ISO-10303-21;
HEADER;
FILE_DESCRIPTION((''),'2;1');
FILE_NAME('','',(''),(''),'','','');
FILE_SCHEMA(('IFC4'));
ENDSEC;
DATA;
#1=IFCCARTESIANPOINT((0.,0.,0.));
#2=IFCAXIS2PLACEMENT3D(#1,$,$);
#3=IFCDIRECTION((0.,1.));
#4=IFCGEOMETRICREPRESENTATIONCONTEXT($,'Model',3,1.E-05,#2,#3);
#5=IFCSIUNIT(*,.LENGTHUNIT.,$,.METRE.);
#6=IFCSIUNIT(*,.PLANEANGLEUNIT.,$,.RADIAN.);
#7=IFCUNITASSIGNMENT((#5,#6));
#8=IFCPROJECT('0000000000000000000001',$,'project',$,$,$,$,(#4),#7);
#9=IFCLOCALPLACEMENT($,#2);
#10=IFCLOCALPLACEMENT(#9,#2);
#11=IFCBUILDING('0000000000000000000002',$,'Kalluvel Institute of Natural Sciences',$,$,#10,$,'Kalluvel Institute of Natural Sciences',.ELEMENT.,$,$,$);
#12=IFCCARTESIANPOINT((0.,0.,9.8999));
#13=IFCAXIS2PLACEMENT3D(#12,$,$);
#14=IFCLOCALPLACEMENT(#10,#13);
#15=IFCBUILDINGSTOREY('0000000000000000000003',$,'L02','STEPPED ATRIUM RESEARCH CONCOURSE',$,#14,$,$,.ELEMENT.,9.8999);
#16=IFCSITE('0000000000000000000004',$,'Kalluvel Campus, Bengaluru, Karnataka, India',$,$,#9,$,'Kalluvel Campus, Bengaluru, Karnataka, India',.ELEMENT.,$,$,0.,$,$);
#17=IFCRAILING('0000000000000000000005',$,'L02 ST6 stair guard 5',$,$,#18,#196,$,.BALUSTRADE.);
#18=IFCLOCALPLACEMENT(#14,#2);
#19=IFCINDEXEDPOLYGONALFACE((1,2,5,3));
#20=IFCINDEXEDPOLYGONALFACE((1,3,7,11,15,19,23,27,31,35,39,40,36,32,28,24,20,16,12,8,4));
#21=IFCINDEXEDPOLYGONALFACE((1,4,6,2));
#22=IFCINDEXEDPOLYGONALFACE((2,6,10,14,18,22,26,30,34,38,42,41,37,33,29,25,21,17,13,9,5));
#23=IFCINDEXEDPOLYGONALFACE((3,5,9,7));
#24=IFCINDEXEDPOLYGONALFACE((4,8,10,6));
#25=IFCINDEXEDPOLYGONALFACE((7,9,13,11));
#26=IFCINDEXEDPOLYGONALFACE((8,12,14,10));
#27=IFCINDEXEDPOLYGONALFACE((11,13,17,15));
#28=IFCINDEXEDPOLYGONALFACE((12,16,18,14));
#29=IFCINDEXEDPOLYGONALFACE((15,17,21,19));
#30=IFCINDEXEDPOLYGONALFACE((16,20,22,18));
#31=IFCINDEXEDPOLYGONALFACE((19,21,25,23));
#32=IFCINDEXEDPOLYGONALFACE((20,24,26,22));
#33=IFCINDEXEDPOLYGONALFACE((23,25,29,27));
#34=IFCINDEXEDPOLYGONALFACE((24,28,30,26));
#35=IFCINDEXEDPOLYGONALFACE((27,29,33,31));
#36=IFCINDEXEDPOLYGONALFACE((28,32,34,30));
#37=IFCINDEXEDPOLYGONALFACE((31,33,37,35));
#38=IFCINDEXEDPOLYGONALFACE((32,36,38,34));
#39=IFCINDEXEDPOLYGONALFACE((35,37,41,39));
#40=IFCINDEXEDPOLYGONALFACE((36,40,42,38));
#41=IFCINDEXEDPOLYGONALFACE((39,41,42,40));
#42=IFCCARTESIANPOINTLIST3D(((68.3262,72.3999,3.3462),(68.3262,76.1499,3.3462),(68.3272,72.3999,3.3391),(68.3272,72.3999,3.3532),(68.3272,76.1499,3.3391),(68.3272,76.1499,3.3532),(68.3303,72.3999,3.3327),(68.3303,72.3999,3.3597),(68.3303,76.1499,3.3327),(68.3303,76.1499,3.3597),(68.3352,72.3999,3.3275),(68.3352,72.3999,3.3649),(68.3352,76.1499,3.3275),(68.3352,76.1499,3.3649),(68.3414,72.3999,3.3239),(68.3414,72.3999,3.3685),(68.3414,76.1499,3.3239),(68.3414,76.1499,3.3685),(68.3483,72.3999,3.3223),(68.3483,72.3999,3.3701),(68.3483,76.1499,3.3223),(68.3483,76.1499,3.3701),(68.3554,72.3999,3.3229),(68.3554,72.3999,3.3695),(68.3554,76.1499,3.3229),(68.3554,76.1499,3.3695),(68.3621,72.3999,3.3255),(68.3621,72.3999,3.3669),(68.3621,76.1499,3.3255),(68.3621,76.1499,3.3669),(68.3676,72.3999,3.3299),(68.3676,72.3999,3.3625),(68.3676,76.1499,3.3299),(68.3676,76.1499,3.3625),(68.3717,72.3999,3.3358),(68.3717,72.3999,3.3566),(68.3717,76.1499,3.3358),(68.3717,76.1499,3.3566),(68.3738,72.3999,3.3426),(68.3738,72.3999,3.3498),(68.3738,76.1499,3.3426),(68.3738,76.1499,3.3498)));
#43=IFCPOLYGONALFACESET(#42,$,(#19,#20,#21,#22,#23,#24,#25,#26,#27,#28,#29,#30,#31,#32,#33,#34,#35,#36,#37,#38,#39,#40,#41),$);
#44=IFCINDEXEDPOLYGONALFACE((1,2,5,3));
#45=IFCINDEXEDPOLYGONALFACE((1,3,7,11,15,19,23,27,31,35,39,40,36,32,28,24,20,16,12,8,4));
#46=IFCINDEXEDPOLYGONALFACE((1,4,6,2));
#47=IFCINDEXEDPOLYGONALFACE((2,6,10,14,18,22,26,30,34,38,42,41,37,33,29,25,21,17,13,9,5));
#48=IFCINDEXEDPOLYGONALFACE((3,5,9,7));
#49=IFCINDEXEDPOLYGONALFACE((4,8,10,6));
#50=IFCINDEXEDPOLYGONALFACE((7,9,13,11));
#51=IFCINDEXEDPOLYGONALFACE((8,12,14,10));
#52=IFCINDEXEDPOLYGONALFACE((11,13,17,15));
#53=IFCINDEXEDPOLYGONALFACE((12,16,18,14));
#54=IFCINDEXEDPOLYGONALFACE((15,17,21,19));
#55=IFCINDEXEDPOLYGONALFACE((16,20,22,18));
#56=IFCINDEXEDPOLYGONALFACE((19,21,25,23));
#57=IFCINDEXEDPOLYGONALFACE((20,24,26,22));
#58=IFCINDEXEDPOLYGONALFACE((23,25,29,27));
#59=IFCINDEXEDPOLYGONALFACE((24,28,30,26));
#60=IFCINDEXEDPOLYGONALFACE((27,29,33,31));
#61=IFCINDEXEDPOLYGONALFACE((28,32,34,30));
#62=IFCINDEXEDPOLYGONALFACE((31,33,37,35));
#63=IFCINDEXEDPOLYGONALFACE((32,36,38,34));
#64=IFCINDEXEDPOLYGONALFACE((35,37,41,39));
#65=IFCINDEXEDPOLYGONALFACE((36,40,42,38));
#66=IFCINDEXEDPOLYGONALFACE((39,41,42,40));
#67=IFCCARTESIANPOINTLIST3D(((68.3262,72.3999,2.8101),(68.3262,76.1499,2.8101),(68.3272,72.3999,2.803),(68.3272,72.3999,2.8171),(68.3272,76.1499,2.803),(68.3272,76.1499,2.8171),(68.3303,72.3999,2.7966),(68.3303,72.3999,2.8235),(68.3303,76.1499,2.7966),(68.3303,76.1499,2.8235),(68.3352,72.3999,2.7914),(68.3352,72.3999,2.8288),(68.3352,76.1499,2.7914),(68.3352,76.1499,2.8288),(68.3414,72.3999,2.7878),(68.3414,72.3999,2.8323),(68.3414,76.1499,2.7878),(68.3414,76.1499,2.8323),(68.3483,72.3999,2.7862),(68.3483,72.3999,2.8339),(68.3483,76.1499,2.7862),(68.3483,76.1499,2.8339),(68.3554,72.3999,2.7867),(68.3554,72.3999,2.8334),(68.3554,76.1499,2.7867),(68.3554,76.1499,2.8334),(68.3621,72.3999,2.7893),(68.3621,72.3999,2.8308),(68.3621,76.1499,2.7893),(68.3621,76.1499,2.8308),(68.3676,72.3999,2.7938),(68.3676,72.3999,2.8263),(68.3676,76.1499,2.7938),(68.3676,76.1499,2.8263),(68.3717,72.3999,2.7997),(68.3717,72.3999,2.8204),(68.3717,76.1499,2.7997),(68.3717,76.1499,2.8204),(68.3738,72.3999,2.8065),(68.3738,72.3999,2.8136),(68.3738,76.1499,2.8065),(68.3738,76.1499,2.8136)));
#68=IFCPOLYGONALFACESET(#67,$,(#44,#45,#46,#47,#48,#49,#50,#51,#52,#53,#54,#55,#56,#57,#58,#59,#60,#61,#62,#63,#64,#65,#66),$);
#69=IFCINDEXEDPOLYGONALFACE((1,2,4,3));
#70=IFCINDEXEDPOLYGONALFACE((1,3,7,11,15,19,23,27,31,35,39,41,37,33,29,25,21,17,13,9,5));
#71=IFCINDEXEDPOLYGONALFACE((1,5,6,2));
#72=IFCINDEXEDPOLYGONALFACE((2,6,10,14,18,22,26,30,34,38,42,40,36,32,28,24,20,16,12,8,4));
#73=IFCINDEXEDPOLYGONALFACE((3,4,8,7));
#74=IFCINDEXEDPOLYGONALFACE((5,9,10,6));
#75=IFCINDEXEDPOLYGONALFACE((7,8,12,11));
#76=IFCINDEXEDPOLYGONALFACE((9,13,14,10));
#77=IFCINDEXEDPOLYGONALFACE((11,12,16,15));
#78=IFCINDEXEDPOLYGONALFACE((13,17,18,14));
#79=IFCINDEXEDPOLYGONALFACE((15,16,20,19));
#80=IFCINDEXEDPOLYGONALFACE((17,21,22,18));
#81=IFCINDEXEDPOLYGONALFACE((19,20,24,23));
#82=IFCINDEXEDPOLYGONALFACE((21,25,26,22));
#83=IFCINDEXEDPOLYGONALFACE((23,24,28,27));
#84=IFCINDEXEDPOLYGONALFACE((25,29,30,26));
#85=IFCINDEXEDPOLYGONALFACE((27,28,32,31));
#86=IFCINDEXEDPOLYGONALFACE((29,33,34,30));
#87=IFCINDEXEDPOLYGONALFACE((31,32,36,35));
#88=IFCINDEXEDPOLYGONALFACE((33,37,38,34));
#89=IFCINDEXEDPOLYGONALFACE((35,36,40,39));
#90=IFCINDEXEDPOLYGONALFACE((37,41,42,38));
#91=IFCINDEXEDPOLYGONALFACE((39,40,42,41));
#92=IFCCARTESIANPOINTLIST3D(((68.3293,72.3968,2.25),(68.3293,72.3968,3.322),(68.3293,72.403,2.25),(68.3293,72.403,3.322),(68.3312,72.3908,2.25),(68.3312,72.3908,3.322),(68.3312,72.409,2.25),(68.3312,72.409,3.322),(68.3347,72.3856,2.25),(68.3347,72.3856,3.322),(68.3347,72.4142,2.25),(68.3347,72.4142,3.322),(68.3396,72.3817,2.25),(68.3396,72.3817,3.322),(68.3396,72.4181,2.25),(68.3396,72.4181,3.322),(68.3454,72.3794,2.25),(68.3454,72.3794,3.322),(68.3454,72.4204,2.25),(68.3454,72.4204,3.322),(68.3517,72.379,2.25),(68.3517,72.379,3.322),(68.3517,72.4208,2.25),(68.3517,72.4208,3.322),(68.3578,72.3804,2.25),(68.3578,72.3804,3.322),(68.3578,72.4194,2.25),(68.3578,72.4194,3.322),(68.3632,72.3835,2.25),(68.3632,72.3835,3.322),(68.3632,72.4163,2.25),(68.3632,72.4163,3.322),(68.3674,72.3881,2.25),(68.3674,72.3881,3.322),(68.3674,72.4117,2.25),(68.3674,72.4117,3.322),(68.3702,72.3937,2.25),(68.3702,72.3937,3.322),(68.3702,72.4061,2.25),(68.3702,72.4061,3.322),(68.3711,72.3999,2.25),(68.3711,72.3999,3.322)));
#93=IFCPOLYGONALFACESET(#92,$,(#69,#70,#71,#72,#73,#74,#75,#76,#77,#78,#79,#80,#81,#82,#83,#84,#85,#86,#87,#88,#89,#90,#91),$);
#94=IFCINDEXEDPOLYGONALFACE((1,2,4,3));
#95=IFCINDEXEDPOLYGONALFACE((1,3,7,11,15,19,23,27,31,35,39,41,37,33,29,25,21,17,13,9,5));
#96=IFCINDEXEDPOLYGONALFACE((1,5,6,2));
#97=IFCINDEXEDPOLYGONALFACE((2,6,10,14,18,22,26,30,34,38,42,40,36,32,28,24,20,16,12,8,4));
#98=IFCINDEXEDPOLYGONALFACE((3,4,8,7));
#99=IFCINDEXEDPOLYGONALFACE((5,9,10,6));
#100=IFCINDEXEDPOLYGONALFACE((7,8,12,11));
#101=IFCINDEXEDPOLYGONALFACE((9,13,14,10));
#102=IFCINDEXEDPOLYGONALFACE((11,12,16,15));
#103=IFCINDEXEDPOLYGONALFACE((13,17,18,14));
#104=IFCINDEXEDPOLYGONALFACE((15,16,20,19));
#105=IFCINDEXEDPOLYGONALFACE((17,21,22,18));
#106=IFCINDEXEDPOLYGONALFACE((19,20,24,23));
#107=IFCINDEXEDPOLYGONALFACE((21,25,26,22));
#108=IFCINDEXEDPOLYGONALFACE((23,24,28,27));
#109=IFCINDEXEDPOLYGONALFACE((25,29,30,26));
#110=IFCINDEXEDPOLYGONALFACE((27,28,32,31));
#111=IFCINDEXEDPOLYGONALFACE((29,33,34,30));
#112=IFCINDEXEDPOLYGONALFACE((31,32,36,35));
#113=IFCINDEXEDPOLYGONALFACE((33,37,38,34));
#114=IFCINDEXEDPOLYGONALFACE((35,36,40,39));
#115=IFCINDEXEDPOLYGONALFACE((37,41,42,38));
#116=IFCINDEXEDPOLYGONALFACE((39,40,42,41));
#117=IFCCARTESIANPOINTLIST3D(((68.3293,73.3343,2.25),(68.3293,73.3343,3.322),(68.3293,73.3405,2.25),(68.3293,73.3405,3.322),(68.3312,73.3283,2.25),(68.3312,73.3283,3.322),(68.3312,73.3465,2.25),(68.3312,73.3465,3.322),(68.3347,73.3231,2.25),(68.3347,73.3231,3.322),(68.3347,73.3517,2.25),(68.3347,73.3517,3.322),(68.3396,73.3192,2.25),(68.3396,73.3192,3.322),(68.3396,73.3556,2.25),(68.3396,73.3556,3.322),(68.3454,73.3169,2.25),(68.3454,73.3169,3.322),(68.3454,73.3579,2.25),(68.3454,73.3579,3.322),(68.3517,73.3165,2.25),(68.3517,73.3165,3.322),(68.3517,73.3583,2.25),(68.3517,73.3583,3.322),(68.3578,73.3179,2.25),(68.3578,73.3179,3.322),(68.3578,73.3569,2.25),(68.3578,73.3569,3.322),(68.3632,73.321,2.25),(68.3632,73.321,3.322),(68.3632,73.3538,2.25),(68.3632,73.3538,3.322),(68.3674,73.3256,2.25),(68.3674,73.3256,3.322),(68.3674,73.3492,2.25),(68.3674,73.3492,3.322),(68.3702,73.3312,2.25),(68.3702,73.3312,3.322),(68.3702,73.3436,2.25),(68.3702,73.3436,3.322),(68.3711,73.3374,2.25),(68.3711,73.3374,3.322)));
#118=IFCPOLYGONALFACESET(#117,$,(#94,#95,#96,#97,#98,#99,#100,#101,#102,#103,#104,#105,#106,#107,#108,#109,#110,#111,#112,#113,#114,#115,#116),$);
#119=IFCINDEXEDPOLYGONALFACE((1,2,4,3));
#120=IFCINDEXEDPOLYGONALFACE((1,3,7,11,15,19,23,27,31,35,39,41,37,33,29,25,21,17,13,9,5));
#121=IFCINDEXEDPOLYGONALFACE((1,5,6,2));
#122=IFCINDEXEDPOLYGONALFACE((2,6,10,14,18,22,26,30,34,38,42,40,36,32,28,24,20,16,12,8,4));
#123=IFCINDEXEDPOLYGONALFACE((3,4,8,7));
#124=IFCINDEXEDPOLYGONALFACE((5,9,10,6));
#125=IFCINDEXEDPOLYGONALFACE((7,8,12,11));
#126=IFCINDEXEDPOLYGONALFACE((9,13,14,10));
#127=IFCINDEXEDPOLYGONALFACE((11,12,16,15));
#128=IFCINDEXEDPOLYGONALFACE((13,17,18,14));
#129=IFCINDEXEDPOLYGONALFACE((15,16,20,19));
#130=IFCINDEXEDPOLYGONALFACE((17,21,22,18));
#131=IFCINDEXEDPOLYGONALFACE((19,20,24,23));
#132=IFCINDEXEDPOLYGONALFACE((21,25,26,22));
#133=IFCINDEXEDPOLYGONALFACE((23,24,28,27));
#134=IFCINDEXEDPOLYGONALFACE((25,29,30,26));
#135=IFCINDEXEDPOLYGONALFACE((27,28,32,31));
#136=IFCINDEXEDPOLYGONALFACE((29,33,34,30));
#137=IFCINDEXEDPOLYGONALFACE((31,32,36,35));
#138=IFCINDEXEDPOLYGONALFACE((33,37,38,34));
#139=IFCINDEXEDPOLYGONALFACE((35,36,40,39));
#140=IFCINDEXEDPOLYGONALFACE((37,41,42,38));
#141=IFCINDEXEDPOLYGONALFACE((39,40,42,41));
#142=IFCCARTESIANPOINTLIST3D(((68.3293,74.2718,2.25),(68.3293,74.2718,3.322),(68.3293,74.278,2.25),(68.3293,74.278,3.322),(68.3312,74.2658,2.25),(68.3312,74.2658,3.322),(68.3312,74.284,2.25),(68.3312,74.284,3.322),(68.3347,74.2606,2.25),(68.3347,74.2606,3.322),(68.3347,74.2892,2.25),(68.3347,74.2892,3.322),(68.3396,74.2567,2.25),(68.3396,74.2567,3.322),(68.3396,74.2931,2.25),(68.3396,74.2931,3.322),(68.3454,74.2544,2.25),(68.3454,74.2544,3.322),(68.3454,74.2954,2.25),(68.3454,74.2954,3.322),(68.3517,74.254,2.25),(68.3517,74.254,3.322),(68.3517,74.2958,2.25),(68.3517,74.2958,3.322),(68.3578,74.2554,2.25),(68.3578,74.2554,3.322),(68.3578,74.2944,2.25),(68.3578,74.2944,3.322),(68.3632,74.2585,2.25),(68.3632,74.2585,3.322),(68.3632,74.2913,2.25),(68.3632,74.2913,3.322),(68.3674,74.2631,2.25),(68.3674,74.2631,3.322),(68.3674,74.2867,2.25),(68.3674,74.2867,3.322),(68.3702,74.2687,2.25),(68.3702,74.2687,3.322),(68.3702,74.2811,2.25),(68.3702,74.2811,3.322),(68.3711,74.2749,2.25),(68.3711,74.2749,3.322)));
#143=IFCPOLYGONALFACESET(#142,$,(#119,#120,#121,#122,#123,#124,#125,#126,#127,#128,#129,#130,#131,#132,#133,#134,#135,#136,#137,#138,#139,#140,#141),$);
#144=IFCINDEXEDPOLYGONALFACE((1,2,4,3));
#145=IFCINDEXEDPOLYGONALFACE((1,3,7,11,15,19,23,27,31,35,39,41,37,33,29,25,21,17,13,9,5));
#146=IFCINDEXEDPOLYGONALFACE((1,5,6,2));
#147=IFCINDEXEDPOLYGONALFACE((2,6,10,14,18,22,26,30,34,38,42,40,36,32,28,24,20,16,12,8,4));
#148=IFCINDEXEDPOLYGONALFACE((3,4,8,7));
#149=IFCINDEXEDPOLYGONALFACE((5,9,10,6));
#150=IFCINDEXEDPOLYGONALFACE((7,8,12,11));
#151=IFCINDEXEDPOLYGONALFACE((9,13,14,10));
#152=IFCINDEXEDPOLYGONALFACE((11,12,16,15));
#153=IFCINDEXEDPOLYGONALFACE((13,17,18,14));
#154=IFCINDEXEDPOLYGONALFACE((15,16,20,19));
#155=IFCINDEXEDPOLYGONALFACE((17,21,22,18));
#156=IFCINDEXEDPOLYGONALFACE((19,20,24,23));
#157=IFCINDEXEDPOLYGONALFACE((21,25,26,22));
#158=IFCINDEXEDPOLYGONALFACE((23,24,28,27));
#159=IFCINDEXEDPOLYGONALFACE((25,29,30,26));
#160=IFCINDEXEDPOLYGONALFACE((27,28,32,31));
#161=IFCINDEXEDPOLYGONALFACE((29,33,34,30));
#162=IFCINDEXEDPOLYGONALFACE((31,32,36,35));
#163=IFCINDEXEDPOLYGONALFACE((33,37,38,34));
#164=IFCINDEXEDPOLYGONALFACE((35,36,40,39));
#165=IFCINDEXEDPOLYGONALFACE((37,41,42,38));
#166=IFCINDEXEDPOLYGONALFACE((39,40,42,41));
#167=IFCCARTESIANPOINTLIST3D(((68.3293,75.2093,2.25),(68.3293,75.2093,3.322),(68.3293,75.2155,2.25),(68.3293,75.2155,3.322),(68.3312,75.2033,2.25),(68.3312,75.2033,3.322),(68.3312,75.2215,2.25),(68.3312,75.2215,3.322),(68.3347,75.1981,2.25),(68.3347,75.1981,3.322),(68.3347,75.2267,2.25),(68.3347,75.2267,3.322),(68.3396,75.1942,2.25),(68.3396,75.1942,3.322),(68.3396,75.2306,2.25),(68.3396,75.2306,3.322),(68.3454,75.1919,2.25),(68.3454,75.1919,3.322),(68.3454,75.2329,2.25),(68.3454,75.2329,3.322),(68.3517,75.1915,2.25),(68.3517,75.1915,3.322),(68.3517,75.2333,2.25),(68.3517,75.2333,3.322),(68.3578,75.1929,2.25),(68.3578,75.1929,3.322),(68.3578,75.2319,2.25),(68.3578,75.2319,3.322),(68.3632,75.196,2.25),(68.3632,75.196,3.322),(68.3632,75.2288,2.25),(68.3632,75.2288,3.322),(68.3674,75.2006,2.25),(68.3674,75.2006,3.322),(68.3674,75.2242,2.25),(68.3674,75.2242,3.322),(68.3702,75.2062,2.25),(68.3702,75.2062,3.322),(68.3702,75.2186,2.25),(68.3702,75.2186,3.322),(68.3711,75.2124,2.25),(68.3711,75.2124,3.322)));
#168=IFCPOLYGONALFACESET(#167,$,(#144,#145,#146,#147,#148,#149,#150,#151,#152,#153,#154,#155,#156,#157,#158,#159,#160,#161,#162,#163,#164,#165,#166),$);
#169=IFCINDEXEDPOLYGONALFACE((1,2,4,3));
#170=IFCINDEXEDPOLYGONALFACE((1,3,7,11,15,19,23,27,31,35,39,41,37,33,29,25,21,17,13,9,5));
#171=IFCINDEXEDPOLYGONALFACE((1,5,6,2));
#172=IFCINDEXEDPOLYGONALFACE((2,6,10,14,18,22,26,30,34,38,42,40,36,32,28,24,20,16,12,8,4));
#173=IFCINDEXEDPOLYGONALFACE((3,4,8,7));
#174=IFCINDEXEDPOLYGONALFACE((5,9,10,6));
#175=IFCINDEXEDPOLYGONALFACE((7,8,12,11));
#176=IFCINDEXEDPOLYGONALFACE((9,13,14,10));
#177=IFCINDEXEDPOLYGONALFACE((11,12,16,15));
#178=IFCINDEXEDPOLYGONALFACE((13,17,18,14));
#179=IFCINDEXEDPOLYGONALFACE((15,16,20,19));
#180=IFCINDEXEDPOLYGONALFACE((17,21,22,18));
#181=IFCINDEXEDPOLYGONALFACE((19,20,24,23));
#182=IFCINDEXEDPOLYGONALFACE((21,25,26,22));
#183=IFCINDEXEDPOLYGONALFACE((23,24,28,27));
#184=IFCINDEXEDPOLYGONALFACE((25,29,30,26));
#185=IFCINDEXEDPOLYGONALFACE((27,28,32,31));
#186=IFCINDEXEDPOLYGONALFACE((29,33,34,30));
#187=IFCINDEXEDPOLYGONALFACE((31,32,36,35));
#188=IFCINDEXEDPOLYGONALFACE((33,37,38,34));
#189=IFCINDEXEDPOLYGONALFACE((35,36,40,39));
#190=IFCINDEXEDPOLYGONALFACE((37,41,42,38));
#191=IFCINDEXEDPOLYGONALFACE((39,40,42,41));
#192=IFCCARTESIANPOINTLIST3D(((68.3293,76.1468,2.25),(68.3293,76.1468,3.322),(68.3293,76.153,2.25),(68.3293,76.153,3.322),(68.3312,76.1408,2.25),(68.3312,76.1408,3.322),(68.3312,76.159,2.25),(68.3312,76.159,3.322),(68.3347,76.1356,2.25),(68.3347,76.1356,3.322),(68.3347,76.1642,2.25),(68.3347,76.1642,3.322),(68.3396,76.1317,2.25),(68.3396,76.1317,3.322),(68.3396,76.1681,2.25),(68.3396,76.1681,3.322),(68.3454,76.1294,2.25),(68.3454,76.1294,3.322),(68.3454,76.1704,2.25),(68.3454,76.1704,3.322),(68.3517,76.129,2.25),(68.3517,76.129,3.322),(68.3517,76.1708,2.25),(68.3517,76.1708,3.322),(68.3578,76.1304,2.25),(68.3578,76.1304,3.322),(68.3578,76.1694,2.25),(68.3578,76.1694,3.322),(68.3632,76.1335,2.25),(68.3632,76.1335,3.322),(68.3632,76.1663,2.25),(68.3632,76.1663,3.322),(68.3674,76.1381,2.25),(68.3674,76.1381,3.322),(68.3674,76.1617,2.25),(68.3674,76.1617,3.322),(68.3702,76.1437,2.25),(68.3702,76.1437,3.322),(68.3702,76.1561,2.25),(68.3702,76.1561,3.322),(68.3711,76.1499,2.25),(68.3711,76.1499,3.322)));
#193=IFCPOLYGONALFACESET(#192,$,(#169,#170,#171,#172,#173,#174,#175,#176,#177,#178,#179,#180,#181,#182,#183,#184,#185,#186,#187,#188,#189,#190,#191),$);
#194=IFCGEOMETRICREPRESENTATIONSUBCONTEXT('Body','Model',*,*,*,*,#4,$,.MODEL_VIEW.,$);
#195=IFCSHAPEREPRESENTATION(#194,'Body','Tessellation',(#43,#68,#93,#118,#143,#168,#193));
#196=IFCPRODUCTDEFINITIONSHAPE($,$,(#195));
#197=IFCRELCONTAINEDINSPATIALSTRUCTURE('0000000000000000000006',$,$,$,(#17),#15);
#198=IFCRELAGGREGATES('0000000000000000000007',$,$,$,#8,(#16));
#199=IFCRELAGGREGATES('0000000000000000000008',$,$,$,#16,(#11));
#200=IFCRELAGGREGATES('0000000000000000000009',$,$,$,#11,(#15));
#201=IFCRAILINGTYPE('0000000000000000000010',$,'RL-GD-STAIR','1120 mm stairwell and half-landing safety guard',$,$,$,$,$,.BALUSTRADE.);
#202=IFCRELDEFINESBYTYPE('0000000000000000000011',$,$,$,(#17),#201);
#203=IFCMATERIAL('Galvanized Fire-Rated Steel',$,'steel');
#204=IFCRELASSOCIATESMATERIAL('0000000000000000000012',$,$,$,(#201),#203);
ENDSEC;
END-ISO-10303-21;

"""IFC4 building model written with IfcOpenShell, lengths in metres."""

from ifc_helpers import new_model, si_unit, direction, frame, origin, origin_2d, place, context, subcontext, project, spatial, circle, extrude, material, type_object, element, save


model = new_model("IFC4")

# Units and contexts
model_context = context("Model", 3, precision=1e-05, world=origin(), true_north=direction((0.0, 1.0)))
body_context = subcontext(model_context, "Body", "Model", "MODEL_VIEW")
ifc_project = project(units=[si_unit("LENGTHUNIT", "METRE"), si_unit("PLANEANGLEUNIT", "RADIAN")], contexts=[model_context])

# Site, building, storey
site_placement = place(None, origin())
site = spatial("IfcSite", under=ifc_project, at=site_placement, Name="Kalluvel Campus, Bengaluru, Karnataka, India", LongName="Kalluvel Campus, Bengaluru, Karnataka, India", CompositionType="ELEMENT", RefElevation=0.0)
building_placement = place(site_placement, origin())
building = spatial("IfcBuilding", under=site, at=building_placement, Name="Kalluvel Institute of Natural Sciences", LongName="Kalluvel Institute of Natural Sciences", CompositionType="ELEMENT")
storey_placement = place(building_placement, frame((0.0, 0.0, 9.8999)))
storey = spatial("IfcBuildingStorey", under=building, at=storey_placement, Name="L02", Description="STEPPED ATRIUM RESEARCH CONCOURSE", CompositionType="ELEMENT", Elevation=9.8999)

# Railing
ifc_material_1 = material(Name="Galvanized Fire-Rated Steel", Category="steel")
railing_type_1 = type_object("IfcRailingType", Name="RL-GD-STAIR", Description="1120 mm stairwell and half-landing safety guard", PredefinedType="BALUSTRADE", material=ifc_material_1)
railing_1_placement = place(storey_placement, frame((68.3501, 72.3999, 2.25)))
element("IfcRailing", 1, at=railing_1_placement, inside=storey, type_object=railing_type_1, Name="L02 ST6 stair guard 5", PredefinedType="BALUSTRADE", context=body_context, shape_type="SweptSolid", body=[
    extrude(circle(Radius=0.0239, at=origin_2d()), frame((0.0, 0.0, 1.0962), z_axis=(0.0, 1.0, 0.0), x_axis=(-1.0, 0.0, 0.0)), (0.0, 0.0, 1.0), 3.75),
    extrude(circle(Radius=0.0239, at=origin_2d()), frame((0.0, 0.0, 0.5601), z_axis=(0.0, 1.0, 0.0), x_axis=(-1.0, 0.0, 0.0)), (0.0, 0.0, 1.0), 3.75),
    extrude(circle(Radius=0.021, at=origin_2d()), origin(), (0.0, 0.0, 1.0), 1.072),
    extrude(circle(Radius=0.021, at=origin_2d()), frame((0.0, 0.9375, 0.0)), (0.0, 0.0, 1.0), 1.072),
    extrude(circle(Radius=0.021, at=origin_2d()), frame((0.0, 1.875, 0.0)), (0.0, 0.0, 1.0), 1.072),
    extrude(circle(Radius=0.021, at=origin_2d()), frame((0.0, 2.8125, 0.0)), (0.0, 0.0, 1.0), 1.072),
    extrude(circle(Radius=0.021, at=origin_2d()), frame((0.0, 3.75, 0.0)), (0.0, 0.0, 1.0), 1.072),
])

save(model, "model.ifc")
